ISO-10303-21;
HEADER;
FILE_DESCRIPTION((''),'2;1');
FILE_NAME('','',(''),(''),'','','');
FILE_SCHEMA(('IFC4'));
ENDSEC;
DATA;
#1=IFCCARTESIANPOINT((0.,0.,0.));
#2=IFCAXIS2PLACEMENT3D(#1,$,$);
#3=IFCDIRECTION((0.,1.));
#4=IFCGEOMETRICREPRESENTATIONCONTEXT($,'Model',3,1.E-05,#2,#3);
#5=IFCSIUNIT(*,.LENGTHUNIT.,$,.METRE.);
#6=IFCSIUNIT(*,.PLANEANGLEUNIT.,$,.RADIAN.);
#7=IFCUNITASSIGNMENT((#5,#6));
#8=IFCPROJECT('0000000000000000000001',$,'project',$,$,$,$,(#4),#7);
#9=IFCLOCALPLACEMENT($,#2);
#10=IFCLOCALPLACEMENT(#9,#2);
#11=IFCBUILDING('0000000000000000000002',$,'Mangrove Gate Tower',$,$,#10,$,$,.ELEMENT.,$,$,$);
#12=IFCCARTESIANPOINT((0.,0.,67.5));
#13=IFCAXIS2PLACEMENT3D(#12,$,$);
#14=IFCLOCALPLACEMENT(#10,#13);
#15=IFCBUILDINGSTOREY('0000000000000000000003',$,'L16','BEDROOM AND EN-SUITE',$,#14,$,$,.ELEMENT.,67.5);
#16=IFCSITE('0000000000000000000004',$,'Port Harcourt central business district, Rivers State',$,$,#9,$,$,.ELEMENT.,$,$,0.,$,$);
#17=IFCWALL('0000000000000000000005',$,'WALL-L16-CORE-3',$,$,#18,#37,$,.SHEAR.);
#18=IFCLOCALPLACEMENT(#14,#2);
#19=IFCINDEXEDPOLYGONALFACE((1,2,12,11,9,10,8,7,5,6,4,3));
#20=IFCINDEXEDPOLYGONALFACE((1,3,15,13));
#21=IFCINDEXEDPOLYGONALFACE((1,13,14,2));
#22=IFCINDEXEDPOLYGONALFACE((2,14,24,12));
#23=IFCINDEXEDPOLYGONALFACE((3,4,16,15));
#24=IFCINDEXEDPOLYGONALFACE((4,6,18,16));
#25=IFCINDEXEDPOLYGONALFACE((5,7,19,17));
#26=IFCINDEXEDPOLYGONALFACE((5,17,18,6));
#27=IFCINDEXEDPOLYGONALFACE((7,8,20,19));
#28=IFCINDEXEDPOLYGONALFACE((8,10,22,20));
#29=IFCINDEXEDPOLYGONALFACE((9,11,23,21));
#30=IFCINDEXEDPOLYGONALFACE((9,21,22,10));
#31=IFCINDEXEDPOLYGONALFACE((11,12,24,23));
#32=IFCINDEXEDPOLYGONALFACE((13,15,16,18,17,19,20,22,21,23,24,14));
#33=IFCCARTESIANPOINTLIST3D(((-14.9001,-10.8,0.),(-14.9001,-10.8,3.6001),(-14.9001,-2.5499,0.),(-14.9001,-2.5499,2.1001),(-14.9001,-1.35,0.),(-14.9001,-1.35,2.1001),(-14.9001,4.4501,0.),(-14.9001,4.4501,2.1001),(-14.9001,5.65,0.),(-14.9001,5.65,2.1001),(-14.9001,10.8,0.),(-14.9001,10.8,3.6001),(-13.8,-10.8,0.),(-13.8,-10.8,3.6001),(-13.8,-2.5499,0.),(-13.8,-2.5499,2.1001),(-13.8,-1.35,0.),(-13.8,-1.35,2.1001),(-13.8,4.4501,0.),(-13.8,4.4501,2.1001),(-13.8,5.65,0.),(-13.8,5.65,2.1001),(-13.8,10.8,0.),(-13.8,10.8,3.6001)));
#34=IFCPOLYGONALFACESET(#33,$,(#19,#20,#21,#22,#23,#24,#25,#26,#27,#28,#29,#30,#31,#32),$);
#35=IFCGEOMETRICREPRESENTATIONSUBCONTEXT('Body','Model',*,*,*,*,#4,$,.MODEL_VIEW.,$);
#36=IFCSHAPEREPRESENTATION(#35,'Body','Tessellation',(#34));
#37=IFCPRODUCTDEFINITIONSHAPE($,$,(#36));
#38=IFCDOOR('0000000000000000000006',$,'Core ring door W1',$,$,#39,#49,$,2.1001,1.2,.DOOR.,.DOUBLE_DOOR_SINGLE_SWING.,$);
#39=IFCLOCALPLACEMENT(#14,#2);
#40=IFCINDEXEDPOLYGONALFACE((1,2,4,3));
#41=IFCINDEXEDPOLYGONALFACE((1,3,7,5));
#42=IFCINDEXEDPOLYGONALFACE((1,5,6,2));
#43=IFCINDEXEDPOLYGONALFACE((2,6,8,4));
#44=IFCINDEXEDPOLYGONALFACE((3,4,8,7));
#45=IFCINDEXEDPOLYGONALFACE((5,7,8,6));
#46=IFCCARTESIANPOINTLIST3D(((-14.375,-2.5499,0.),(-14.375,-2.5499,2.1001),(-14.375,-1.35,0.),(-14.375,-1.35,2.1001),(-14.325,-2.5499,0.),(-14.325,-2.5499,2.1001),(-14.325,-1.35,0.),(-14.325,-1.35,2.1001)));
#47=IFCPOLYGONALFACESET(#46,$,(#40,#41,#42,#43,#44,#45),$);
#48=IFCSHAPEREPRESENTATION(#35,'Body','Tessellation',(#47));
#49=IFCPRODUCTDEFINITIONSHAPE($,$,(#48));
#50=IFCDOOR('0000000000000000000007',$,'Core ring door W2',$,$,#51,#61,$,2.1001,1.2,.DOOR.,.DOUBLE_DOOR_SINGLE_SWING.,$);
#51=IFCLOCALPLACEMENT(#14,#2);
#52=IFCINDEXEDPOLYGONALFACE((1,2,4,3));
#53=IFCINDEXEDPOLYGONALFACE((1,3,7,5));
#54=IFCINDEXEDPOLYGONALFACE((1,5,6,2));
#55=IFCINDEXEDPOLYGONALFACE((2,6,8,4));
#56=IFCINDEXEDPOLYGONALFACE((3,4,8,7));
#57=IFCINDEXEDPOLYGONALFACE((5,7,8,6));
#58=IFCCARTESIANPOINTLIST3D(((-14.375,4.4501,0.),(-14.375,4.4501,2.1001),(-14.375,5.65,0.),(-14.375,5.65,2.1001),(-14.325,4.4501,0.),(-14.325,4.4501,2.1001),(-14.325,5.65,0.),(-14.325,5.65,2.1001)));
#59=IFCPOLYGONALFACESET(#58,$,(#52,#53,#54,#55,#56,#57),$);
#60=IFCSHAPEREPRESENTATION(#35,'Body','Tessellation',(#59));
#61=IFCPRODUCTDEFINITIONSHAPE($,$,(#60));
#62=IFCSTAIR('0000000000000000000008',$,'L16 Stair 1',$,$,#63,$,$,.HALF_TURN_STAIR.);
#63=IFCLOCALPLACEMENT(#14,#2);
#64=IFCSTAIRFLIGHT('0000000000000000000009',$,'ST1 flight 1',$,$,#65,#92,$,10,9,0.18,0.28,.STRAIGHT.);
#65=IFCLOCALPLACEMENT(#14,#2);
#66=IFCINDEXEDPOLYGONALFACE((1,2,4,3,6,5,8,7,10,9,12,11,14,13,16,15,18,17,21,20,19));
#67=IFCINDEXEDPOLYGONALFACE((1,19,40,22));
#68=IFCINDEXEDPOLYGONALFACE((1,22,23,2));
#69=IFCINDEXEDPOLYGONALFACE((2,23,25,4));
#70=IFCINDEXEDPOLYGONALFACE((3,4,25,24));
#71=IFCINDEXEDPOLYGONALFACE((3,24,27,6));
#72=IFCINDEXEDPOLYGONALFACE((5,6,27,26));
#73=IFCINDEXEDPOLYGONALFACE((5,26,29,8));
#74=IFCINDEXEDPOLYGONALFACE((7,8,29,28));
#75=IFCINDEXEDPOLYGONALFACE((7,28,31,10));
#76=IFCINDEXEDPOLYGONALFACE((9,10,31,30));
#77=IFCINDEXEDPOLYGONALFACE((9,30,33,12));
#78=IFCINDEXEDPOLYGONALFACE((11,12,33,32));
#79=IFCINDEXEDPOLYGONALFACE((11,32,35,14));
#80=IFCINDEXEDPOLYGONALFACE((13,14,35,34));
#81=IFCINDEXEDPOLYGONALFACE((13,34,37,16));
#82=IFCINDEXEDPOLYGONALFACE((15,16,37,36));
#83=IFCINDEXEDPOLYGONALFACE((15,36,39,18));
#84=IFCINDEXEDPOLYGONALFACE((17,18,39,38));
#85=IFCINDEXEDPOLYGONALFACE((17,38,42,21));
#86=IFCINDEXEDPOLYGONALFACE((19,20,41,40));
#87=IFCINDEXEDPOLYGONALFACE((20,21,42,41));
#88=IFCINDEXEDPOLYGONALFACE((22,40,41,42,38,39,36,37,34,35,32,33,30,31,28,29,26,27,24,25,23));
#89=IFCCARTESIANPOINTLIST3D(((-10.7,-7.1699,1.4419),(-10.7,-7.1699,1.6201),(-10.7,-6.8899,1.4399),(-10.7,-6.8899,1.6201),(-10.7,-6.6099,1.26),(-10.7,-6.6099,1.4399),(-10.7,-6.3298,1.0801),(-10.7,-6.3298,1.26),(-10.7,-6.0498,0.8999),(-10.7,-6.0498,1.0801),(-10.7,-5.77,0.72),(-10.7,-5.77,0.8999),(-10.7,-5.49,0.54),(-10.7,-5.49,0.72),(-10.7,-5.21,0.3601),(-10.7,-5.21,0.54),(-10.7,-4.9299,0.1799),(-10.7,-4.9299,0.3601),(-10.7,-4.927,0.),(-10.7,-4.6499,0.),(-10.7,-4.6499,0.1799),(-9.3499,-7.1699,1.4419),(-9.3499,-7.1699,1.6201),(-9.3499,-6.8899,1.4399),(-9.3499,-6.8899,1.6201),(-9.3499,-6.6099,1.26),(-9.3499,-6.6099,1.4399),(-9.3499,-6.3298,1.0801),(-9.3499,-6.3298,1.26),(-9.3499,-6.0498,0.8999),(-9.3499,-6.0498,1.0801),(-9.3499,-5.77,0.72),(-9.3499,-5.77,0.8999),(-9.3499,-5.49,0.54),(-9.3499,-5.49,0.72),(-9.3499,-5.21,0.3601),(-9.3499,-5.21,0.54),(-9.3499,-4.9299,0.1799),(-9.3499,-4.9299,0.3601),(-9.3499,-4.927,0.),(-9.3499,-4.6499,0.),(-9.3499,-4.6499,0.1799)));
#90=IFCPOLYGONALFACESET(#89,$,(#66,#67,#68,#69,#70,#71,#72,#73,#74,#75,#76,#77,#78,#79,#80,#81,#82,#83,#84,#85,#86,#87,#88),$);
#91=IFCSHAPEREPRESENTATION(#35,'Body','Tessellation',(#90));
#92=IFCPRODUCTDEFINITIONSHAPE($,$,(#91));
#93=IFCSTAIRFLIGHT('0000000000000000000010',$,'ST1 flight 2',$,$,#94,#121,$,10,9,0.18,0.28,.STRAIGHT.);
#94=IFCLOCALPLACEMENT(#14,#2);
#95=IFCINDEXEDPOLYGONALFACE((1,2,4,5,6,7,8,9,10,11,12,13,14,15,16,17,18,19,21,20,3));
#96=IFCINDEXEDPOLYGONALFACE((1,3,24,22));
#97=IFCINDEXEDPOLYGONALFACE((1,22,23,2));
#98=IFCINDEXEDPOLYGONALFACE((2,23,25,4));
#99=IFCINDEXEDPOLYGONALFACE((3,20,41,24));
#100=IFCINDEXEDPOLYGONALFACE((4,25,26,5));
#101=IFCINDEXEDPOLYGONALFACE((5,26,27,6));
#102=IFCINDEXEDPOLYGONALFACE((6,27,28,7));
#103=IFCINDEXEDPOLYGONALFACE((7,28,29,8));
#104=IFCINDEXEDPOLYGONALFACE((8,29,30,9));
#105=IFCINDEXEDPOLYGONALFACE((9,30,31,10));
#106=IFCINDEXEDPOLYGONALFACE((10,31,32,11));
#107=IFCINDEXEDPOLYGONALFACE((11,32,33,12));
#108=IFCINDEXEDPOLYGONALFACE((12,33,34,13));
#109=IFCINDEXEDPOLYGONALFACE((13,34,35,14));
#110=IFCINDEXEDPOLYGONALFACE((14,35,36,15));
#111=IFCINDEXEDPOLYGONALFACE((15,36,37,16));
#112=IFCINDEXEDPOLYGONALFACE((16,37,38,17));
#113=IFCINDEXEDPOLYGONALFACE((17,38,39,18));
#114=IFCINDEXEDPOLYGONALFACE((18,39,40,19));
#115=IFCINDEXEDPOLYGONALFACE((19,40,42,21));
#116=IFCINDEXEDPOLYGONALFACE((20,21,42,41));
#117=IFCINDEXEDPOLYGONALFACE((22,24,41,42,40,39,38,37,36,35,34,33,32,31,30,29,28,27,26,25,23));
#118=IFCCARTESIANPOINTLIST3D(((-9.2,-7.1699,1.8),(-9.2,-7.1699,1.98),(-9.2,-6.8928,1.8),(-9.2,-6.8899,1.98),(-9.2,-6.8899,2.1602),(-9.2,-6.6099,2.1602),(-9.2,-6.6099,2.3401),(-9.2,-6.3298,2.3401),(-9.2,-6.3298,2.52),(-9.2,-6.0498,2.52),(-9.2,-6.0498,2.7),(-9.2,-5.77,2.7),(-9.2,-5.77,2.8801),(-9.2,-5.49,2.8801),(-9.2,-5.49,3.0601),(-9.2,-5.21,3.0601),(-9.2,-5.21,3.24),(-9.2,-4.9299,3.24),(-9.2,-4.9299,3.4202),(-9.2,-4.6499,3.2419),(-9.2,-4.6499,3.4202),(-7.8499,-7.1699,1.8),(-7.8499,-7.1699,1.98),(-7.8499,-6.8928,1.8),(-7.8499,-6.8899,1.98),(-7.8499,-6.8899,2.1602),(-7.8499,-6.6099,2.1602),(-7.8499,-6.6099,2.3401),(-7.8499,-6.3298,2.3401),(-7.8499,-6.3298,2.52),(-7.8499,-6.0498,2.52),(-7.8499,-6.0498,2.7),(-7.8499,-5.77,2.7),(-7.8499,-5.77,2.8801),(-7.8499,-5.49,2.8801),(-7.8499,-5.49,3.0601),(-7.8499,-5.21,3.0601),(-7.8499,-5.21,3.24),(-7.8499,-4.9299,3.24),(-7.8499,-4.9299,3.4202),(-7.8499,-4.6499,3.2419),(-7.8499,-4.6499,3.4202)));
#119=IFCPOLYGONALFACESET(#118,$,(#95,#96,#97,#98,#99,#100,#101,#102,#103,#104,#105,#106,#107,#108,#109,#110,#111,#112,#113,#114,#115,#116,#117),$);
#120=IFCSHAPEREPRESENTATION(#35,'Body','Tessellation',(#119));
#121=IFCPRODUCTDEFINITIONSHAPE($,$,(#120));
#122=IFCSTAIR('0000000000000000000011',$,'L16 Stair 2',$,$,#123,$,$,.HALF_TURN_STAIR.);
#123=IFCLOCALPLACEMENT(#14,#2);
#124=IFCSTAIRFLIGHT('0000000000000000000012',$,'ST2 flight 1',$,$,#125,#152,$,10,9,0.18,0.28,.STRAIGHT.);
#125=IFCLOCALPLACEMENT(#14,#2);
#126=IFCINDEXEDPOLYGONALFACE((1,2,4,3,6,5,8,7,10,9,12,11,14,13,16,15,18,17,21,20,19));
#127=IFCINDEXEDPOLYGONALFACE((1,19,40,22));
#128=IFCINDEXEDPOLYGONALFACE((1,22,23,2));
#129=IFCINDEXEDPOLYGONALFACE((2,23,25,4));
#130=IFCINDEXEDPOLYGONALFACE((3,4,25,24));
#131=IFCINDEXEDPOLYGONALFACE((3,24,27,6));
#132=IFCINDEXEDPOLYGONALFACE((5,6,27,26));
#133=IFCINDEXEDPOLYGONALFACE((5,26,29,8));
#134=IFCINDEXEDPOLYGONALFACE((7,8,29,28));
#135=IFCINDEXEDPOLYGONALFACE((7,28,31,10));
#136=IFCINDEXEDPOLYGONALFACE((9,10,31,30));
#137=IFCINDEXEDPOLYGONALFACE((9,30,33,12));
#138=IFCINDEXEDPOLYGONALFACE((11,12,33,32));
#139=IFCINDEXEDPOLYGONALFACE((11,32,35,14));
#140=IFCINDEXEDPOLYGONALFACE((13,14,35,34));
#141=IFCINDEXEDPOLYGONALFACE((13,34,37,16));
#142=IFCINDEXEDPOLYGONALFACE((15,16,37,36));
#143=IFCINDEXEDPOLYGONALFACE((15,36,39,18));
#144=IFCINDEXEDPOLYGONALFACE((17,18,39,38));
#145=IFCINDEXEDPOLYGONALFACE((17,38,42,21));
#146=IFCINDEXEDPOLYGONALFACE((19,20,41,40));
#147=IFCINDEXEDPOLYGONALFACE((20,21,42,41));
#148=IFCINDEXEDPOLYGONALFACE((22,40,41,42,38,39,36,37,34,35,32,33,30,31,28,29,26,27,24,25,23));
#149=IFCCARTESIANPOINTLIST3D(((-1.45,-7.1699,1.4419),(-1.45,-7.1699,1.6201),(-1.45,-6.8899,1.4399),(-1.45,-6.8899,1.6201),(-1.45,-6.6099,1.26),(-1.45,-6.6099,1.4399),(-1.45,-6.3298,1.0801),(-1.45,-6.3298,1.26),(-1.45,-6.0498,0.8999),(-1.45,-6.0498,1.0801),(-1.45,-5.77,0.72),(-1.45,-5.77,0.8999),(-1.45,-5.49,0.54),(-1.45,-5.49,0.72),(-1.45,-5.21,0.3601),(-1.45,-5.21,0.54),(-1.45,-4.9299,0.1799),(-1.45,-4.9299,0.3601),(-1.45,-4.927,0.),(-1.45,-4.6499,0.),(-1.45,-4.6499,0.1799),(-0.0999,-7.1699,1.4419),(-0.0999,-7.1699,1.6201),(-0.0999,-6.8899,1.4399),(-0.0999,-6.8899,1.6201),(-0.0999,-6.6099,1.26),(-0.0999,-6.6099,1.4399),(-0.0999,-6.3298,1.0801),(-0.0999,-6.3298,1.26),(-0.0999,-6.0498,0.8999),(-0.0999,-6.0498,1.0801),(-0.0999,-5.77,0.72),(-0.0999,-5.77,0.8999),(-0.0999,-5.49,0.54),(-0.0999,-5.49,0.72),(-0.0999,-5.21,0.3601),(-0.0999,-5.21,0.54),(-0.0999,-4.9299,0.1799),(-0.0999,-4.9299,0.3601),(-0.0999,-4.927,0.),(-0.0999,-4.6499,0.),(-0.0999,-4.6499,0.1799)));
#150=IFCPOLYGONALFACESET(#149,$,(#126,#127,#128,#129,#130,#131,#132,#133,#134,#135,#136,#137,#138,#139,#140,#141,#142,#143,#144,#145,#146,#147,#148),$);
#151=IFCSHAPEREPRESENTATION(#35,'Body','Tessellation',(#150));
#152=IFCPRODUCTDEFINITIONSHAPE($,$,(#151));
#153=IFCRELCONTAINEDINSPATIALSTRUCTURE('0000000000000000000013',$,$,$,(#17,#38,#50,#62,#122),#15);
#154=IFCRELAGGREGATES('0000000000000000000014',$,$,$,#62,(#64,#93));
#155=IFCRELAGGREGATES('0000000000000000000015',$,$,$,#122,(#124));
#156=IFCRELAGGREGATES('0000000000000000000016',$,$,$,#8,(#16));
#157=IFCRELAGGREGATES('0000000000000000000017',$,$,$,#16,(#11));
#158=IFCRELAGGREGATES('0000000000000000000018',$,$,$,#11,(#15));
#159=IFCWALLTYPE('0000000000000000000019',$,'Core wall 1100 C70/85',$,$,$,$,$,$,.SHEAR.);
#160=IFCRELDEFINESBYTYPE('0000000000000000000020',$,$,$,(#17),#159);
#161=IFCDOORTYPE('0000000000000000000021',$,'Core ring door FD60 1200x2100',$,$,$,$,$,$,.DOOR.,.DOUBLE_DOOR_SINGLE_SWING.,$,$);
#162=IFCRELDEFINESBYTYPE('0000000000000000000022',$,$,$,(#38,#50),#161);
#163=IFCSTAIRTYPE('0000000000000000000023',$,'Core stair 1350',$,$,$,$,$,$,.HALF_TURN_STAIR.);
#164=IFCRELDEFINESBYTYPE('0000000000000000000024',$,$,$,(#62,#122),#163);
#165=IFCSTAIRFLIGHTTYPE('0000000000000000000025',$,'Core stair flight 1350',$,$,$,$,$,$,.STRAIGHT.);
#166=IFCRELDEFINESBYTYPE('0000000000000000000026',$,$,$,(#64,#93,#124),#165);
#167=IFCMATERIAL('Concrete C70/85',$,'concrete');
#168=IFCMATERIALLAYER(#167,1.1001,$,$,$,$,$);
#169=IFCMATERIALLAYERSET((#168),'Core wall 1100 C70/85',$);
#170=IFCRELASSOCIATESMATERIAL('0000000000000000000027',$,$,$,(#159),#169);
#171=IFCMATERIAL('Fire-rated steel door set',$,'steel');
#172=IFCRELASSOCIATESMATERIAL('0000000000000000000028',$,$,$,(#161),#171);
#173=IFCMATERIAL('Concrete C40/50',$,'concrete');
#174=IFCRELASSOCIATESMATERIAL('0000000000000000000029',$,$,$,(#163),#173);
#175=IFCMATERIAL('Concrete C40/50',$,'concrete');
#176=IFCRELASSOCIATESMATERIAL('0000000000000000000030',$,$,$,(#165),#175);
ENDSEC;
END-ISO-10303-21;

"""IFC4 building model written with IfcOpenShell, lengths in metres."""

from ifc_helpers import new_model, si_unit, direction, frame, frame_2d, origin, place, context, subcontext, project, spatial, polyline, rectangle, outline, extrude, material, layer, layer_set, type_object, element, fill, aggregate, save


model = new_model("IFC4")

# Units and contexts
model_context = context("Model", 3, precision=1e-05, world=origin(), true_north=direction((0.0, 1.0)))
body_context = subcontext(model_context, "Body", "Model", "MODEL_VIEW")
ifc_project = project(units=[si_unit("LENGTHUNIT", "METRE"), si_unit("PLANEANGLEUNIT", "RADIAN")], contexts=[model_context])

# Site, building, storey
site_placement = place(None, origin())
site = spatial("IfcSite", under=ifc_project, at=site_placement, Name="Port Harcourt central business district, Rivers State", CompositionType="ELEMENT", RefElevation=0.0)
building_placement = place(site_placement, origin())
building = spatial("IfcBuilding", under=site, at=building_placement, Name="Mangrove Gate Tower", CompositionType="ELEMENT")
storey_placement = place(building_placement, frame((0.0, 0.0, 67.5)))
storey = spatial("IfcBuildingStorey", under=building, at=storey_placement, Name="L16", Description="BEDROOM AND EN-SUITE", CompositionType="ELEMENT", Elevation=67.5)

# Shared definitions
ifc_material_1 = material(Name="Concrete C70/85", Category="concrete")
ifc_layer_1 = layer(ifc_material_1, 1.1001)
ifc_layer_set_1 = layer_set([ifc_layer_1], Name="Core wall 1100 C70/85")
wall_type_1 = type_object("IfcWallType", Name="Core wall 1100 C70/85", PredefinedType="SHEAR", material=ifc_layer_set_1)

# Wall, openings, doors
wall_1_placement = place(storey_placement, frame((-14.3501, -10.8, 0.0), z_axis=(0.0, 0.0, 1.0), x_axis=(0.0, 1.0, 0.0)))
wall_1 = element("IfcWall", 1, at=wall_1_placement, inside=storey, type_object=wall_type_1, Name="WALL-L16-CORE-3", PredefinedType="SHEAR", context=body_context, shape_type="SweptSolid", body=[
    extrude(rectangle(XDim=21.6001, YDim=1.1001, at=frame_2d((10.8, 0.0))), origin(), (0.0, 0.0, 1.0), 3.6001),
])
opening_1_placement = place(wall_1_placement, frame((8.25, 0.0, 0.0)))
opening_1 = element("IfcOpeningElement", 2, at=opening_1_placement, cuts=wall_1, PredefinedType="OPENING", context=body_context, shape_type="SweptSolid", body=[
    extrude(rectangle(XDim=1.2, YDim=2.1001, at=frame_2d((0.6001, 1.05))), frame((0.0, 0.5601, 0.0), z_axis=(0.0, -1.0, 0.0), x_axis=(1.0, 0.0, 0.0)), (0.0, 0.0, 1.0), 1.1201),
])
opening_2_placement = place(wall_1_placement, frame((15.25, 0.0, 0.0)))
opening_2 = element("IfcOpeningElement", 3, at=opening_2_placement, cuts=wall_1, PredefinedType="OPENING", context=body_context, shape_type="SweptSolid", body=[
    extrude(rectangle(XDim=1.2, YDim=2.1001, at=frame_2d((0.6001, 1.05))), frame((0.0, 0.5601, 0.0), z_axis=(0.0, -1.0, 0.0), x_axis=(1.0, 0.0, 0.0)), (0.0, 0.0, 1.0), 1.1201),
])
ifc_material_2 = material(Name="Fire-rated steel door set", Category="steel")
door_type_1 = type_object("IfcDoorType", Name="Core ring door FD60 1200x2100", OperationType="DOUBLE_DOOR_SINGLE_SWING", PredefinedType="DOOR", material=ifc_material_2)
door_1_placement = place(opening_1_placement, origin())
door_1 = element("IfcDoor", 4, at=door_1_placement, inside=storey, type_object=door_type_1, Name="Core ring door W1", OperationType="DOUBLE_DOOR_SINGLE_SWING", OverallHeight=2.1001, OverallWidth=1.2, PredefinedType="DOOR", context=body_context, shape_type="SweptSolid", body=[
    extrude(rectangle(XDim=1.2, YDim=2.1001, at=frame_2d((0.6001, 1.05))), frame((0.0, 0.0249, 0.0), z_axis=(0.0, -1.0, 0.0), x_axis=(1.0, 0.0, 0.0)), (0.0, 0.0, 1.0), 0.05),
])
fill(opening_1, door_1)
door_2_placement = place(opening_2_placement, origin())
door_2 = element("IfcDoor", 5, at=door_2_placement, inside=storey, type_object=door_type_1, Name="Core ring door W2", OperationType="DOUBLE_DOOR_SINGLE_SWING", OverallHeight=2.1001, OverallWidth=1.2, PredefinedType="DOOR", context=body_context, shape_type="SweptSolid", body=[
    extrude(rectangle(XDim=1.2, YDim=2.1001, at=frame_2d((0.6001, 1.05))), frame((0.0, 0.0249, 0.0), z_axis=(0.0, -1.0, 0.0), x_axis=(1.0, 0.0, 0.0)), (0.0, 0.0, 1.0), 0.05),
])
fill(opening_2, door_2)

# Stair, stair flights
ifc_material_3 = material(Name="Concrete C40/50", Category="concrete")
stair_type = type_object("IfcStairType", Name="Core stair 1350", PredefinedType="HALF_TURN_STAIR", material=ifc_material_3)
stair_1_placement = place(storey_placement, origin())
stair_1 = element("IfcStair", 6, at=stair_1_placement, inside=storey, type_object=stair_type, Name="L16 Stair 1", PredefinedType="HALF_TURN_STAIR")
ifc_material_4 = material(Name="Concrete C40/50", Category="concrete")
stair_flight_type = type_object("IfcStairFlightType", Name="Core stair flight 1350", PredefinedType="STRAIGHT", material=ifc_material_4)
stair_flight_1_placement = place(storey_placement, frame((-10.0249, -4.6499, 0.0), z_axis=(0.0, 0.0, 1.0), x_axis=(0.0, -1.0, 0.0)))
stair_flight_1 = element("IfcStairFlight", 7, at=stair_flight_1_placement, type_object=stair_flight_type, Name="ST1 flight 1", NumberOfRisers=10, NumberOfTreads=9, PredefinedType="STRAIGHT", RiserHeight=0.18, TreadLength=0.28, context=body_context, shape_type="SweptSolid", body=[
    extrude(outline(polyline([(0.0, 0.0), (0.0, 0.1799), (0.28, 0.1799), (0.28, 0.3601), (0.5601, 0.3601), (0.5601, 0.54), (0.8401, 0.54), (0.8401, 0.72), (1.1201, 0.72), (1.1201, 0.8999), (1.3999, 0.8999), (1.3999, 1.0801), (1.6799, 1.0801), (1.6799, 1.26), (1.96, 1.26), (1.96, 1.4399), (2.24, 1.4399), (2.24, 1.6201), (2.52, 1.6201), (2.52, 1.8), (2.52, 1.4419), (0.2771, 0.0), (0.0, 0.0)])), frame((0.0, 0.675, 0.0), z_axis=(0.0, -1.0, 0.0), x_axis=(1.0, 0.0, 0.0)), (0.0, 0.0, 1.0), 1.3501),
])
stair_flight_2_placement = place(storey_placement, frame((-8.5249, -7.1699, 1.8), z_axis=(0.0, 0.0, 1.0), x_axis=(0.0, 1.0, 0.0)))
stair_flight_2 = element("IfcStairFlight", 8, at=stair_flight_2_placement, type_object=stair_flight_type, Name="ST1 flight 2", NumberOfRisers=10, NumberOfTreads=9, PredefinedType="STRAIGHT", RiserHeight=0.18, TreadLength=0.28, context=body_context, shape_type="SweptSolid", body=[
    extrude(outline(polyline([(0.0, 0.0), (0.0, 0.1799), (0.28, 0.1799), (0.28, 0.3601), (0.5601, 0.3601), (0.5601, 0.54), (0.8401, 0.54), (0.8401, 0.72), (1.1201, 0.72), (1.1201, 0.8999), (1.3999, 0.8999), (1.3999, 1.0801), (1.6799, 1.0801), (1.6799, 1.26), (1.96, 1.26), (1.96, 1.4399), (2.24, 1.4399), (2.24, 1.6201), (2.52, 1.6201), (2.52, 1.8), (2.52, 1.4419), (0.2771, 0.0), (0.0, 0.0)])), frame((0.0, 0.675, 0.0), z_axis=(0.0, -1.0, 0.0), x_axis=(1.0, 0.0, 0.0)), (0.0, 0.0, 1.0), 1.3501),
])
aggregate(stair_1, [stair_flight_1, stair_flight_2])

# Stair, stair flight
stair_2_placement = place(storey_placement, origin())
stair_2 = element("IfcStair", 9, at=stair_2_placement, inside=storey, type_object=stair_type, Name="L16 Stair 2", PredefinedType="HALF_TURN_STAIR")
stair_flight_3_placement = place(storey_placement, frame((-0.7749, -4.6499, 0.0), z_axis=(0.0, 0.0, 1.0), x_axis=(0.0, -1.0, 0.0)))
stair_flight_3 = element("IfcStairFlight", 10, at=stair_flight_3_placement, type_object=stair_flight_type, Name="ST2 flight 1", NumberOfRisers=10, NumberOfTreads=9, PredefinedType="STRAIGHT", RiserHeight=0.18, TreadLength=0.28, context=body_context, shape_type="SweptSolid", body=[
    extrude(outline(polyline([(0.0, 0.0), (0.0, 0.1799), (0.28, 0.1799), (0.28, 0.3601), (0.5601, 0.3601), (0.5601, 0.54), (0.8401, 0.54), (0.8401, 0.72), (1.1201, 0.72), (1.1201, 0.8999), (1.3999, 0.8999), (1.3999, 1.0801), (1.6799, 1.0801), (1.6799, 1.26), (1.96, 1.26), (1.96, 1.4399), (2.24, 1.4399), (2.24, 1.6201), (2.52, 1.6201), (2.52, 1.8), (2.52, 1.4419), (0.2771, 0.0), (0.0, 0.0)])), frame((0.0, 0.675, 0.0), z_axis=(0.0, -1.0, 0.0), x_axis=(1.0, 0.0, 0.0)), (0.0, 0.0, 1.0), 1.3501),
])
aggregate(stair_2, [stair_flight_3])

save(model, "model.ifc")
